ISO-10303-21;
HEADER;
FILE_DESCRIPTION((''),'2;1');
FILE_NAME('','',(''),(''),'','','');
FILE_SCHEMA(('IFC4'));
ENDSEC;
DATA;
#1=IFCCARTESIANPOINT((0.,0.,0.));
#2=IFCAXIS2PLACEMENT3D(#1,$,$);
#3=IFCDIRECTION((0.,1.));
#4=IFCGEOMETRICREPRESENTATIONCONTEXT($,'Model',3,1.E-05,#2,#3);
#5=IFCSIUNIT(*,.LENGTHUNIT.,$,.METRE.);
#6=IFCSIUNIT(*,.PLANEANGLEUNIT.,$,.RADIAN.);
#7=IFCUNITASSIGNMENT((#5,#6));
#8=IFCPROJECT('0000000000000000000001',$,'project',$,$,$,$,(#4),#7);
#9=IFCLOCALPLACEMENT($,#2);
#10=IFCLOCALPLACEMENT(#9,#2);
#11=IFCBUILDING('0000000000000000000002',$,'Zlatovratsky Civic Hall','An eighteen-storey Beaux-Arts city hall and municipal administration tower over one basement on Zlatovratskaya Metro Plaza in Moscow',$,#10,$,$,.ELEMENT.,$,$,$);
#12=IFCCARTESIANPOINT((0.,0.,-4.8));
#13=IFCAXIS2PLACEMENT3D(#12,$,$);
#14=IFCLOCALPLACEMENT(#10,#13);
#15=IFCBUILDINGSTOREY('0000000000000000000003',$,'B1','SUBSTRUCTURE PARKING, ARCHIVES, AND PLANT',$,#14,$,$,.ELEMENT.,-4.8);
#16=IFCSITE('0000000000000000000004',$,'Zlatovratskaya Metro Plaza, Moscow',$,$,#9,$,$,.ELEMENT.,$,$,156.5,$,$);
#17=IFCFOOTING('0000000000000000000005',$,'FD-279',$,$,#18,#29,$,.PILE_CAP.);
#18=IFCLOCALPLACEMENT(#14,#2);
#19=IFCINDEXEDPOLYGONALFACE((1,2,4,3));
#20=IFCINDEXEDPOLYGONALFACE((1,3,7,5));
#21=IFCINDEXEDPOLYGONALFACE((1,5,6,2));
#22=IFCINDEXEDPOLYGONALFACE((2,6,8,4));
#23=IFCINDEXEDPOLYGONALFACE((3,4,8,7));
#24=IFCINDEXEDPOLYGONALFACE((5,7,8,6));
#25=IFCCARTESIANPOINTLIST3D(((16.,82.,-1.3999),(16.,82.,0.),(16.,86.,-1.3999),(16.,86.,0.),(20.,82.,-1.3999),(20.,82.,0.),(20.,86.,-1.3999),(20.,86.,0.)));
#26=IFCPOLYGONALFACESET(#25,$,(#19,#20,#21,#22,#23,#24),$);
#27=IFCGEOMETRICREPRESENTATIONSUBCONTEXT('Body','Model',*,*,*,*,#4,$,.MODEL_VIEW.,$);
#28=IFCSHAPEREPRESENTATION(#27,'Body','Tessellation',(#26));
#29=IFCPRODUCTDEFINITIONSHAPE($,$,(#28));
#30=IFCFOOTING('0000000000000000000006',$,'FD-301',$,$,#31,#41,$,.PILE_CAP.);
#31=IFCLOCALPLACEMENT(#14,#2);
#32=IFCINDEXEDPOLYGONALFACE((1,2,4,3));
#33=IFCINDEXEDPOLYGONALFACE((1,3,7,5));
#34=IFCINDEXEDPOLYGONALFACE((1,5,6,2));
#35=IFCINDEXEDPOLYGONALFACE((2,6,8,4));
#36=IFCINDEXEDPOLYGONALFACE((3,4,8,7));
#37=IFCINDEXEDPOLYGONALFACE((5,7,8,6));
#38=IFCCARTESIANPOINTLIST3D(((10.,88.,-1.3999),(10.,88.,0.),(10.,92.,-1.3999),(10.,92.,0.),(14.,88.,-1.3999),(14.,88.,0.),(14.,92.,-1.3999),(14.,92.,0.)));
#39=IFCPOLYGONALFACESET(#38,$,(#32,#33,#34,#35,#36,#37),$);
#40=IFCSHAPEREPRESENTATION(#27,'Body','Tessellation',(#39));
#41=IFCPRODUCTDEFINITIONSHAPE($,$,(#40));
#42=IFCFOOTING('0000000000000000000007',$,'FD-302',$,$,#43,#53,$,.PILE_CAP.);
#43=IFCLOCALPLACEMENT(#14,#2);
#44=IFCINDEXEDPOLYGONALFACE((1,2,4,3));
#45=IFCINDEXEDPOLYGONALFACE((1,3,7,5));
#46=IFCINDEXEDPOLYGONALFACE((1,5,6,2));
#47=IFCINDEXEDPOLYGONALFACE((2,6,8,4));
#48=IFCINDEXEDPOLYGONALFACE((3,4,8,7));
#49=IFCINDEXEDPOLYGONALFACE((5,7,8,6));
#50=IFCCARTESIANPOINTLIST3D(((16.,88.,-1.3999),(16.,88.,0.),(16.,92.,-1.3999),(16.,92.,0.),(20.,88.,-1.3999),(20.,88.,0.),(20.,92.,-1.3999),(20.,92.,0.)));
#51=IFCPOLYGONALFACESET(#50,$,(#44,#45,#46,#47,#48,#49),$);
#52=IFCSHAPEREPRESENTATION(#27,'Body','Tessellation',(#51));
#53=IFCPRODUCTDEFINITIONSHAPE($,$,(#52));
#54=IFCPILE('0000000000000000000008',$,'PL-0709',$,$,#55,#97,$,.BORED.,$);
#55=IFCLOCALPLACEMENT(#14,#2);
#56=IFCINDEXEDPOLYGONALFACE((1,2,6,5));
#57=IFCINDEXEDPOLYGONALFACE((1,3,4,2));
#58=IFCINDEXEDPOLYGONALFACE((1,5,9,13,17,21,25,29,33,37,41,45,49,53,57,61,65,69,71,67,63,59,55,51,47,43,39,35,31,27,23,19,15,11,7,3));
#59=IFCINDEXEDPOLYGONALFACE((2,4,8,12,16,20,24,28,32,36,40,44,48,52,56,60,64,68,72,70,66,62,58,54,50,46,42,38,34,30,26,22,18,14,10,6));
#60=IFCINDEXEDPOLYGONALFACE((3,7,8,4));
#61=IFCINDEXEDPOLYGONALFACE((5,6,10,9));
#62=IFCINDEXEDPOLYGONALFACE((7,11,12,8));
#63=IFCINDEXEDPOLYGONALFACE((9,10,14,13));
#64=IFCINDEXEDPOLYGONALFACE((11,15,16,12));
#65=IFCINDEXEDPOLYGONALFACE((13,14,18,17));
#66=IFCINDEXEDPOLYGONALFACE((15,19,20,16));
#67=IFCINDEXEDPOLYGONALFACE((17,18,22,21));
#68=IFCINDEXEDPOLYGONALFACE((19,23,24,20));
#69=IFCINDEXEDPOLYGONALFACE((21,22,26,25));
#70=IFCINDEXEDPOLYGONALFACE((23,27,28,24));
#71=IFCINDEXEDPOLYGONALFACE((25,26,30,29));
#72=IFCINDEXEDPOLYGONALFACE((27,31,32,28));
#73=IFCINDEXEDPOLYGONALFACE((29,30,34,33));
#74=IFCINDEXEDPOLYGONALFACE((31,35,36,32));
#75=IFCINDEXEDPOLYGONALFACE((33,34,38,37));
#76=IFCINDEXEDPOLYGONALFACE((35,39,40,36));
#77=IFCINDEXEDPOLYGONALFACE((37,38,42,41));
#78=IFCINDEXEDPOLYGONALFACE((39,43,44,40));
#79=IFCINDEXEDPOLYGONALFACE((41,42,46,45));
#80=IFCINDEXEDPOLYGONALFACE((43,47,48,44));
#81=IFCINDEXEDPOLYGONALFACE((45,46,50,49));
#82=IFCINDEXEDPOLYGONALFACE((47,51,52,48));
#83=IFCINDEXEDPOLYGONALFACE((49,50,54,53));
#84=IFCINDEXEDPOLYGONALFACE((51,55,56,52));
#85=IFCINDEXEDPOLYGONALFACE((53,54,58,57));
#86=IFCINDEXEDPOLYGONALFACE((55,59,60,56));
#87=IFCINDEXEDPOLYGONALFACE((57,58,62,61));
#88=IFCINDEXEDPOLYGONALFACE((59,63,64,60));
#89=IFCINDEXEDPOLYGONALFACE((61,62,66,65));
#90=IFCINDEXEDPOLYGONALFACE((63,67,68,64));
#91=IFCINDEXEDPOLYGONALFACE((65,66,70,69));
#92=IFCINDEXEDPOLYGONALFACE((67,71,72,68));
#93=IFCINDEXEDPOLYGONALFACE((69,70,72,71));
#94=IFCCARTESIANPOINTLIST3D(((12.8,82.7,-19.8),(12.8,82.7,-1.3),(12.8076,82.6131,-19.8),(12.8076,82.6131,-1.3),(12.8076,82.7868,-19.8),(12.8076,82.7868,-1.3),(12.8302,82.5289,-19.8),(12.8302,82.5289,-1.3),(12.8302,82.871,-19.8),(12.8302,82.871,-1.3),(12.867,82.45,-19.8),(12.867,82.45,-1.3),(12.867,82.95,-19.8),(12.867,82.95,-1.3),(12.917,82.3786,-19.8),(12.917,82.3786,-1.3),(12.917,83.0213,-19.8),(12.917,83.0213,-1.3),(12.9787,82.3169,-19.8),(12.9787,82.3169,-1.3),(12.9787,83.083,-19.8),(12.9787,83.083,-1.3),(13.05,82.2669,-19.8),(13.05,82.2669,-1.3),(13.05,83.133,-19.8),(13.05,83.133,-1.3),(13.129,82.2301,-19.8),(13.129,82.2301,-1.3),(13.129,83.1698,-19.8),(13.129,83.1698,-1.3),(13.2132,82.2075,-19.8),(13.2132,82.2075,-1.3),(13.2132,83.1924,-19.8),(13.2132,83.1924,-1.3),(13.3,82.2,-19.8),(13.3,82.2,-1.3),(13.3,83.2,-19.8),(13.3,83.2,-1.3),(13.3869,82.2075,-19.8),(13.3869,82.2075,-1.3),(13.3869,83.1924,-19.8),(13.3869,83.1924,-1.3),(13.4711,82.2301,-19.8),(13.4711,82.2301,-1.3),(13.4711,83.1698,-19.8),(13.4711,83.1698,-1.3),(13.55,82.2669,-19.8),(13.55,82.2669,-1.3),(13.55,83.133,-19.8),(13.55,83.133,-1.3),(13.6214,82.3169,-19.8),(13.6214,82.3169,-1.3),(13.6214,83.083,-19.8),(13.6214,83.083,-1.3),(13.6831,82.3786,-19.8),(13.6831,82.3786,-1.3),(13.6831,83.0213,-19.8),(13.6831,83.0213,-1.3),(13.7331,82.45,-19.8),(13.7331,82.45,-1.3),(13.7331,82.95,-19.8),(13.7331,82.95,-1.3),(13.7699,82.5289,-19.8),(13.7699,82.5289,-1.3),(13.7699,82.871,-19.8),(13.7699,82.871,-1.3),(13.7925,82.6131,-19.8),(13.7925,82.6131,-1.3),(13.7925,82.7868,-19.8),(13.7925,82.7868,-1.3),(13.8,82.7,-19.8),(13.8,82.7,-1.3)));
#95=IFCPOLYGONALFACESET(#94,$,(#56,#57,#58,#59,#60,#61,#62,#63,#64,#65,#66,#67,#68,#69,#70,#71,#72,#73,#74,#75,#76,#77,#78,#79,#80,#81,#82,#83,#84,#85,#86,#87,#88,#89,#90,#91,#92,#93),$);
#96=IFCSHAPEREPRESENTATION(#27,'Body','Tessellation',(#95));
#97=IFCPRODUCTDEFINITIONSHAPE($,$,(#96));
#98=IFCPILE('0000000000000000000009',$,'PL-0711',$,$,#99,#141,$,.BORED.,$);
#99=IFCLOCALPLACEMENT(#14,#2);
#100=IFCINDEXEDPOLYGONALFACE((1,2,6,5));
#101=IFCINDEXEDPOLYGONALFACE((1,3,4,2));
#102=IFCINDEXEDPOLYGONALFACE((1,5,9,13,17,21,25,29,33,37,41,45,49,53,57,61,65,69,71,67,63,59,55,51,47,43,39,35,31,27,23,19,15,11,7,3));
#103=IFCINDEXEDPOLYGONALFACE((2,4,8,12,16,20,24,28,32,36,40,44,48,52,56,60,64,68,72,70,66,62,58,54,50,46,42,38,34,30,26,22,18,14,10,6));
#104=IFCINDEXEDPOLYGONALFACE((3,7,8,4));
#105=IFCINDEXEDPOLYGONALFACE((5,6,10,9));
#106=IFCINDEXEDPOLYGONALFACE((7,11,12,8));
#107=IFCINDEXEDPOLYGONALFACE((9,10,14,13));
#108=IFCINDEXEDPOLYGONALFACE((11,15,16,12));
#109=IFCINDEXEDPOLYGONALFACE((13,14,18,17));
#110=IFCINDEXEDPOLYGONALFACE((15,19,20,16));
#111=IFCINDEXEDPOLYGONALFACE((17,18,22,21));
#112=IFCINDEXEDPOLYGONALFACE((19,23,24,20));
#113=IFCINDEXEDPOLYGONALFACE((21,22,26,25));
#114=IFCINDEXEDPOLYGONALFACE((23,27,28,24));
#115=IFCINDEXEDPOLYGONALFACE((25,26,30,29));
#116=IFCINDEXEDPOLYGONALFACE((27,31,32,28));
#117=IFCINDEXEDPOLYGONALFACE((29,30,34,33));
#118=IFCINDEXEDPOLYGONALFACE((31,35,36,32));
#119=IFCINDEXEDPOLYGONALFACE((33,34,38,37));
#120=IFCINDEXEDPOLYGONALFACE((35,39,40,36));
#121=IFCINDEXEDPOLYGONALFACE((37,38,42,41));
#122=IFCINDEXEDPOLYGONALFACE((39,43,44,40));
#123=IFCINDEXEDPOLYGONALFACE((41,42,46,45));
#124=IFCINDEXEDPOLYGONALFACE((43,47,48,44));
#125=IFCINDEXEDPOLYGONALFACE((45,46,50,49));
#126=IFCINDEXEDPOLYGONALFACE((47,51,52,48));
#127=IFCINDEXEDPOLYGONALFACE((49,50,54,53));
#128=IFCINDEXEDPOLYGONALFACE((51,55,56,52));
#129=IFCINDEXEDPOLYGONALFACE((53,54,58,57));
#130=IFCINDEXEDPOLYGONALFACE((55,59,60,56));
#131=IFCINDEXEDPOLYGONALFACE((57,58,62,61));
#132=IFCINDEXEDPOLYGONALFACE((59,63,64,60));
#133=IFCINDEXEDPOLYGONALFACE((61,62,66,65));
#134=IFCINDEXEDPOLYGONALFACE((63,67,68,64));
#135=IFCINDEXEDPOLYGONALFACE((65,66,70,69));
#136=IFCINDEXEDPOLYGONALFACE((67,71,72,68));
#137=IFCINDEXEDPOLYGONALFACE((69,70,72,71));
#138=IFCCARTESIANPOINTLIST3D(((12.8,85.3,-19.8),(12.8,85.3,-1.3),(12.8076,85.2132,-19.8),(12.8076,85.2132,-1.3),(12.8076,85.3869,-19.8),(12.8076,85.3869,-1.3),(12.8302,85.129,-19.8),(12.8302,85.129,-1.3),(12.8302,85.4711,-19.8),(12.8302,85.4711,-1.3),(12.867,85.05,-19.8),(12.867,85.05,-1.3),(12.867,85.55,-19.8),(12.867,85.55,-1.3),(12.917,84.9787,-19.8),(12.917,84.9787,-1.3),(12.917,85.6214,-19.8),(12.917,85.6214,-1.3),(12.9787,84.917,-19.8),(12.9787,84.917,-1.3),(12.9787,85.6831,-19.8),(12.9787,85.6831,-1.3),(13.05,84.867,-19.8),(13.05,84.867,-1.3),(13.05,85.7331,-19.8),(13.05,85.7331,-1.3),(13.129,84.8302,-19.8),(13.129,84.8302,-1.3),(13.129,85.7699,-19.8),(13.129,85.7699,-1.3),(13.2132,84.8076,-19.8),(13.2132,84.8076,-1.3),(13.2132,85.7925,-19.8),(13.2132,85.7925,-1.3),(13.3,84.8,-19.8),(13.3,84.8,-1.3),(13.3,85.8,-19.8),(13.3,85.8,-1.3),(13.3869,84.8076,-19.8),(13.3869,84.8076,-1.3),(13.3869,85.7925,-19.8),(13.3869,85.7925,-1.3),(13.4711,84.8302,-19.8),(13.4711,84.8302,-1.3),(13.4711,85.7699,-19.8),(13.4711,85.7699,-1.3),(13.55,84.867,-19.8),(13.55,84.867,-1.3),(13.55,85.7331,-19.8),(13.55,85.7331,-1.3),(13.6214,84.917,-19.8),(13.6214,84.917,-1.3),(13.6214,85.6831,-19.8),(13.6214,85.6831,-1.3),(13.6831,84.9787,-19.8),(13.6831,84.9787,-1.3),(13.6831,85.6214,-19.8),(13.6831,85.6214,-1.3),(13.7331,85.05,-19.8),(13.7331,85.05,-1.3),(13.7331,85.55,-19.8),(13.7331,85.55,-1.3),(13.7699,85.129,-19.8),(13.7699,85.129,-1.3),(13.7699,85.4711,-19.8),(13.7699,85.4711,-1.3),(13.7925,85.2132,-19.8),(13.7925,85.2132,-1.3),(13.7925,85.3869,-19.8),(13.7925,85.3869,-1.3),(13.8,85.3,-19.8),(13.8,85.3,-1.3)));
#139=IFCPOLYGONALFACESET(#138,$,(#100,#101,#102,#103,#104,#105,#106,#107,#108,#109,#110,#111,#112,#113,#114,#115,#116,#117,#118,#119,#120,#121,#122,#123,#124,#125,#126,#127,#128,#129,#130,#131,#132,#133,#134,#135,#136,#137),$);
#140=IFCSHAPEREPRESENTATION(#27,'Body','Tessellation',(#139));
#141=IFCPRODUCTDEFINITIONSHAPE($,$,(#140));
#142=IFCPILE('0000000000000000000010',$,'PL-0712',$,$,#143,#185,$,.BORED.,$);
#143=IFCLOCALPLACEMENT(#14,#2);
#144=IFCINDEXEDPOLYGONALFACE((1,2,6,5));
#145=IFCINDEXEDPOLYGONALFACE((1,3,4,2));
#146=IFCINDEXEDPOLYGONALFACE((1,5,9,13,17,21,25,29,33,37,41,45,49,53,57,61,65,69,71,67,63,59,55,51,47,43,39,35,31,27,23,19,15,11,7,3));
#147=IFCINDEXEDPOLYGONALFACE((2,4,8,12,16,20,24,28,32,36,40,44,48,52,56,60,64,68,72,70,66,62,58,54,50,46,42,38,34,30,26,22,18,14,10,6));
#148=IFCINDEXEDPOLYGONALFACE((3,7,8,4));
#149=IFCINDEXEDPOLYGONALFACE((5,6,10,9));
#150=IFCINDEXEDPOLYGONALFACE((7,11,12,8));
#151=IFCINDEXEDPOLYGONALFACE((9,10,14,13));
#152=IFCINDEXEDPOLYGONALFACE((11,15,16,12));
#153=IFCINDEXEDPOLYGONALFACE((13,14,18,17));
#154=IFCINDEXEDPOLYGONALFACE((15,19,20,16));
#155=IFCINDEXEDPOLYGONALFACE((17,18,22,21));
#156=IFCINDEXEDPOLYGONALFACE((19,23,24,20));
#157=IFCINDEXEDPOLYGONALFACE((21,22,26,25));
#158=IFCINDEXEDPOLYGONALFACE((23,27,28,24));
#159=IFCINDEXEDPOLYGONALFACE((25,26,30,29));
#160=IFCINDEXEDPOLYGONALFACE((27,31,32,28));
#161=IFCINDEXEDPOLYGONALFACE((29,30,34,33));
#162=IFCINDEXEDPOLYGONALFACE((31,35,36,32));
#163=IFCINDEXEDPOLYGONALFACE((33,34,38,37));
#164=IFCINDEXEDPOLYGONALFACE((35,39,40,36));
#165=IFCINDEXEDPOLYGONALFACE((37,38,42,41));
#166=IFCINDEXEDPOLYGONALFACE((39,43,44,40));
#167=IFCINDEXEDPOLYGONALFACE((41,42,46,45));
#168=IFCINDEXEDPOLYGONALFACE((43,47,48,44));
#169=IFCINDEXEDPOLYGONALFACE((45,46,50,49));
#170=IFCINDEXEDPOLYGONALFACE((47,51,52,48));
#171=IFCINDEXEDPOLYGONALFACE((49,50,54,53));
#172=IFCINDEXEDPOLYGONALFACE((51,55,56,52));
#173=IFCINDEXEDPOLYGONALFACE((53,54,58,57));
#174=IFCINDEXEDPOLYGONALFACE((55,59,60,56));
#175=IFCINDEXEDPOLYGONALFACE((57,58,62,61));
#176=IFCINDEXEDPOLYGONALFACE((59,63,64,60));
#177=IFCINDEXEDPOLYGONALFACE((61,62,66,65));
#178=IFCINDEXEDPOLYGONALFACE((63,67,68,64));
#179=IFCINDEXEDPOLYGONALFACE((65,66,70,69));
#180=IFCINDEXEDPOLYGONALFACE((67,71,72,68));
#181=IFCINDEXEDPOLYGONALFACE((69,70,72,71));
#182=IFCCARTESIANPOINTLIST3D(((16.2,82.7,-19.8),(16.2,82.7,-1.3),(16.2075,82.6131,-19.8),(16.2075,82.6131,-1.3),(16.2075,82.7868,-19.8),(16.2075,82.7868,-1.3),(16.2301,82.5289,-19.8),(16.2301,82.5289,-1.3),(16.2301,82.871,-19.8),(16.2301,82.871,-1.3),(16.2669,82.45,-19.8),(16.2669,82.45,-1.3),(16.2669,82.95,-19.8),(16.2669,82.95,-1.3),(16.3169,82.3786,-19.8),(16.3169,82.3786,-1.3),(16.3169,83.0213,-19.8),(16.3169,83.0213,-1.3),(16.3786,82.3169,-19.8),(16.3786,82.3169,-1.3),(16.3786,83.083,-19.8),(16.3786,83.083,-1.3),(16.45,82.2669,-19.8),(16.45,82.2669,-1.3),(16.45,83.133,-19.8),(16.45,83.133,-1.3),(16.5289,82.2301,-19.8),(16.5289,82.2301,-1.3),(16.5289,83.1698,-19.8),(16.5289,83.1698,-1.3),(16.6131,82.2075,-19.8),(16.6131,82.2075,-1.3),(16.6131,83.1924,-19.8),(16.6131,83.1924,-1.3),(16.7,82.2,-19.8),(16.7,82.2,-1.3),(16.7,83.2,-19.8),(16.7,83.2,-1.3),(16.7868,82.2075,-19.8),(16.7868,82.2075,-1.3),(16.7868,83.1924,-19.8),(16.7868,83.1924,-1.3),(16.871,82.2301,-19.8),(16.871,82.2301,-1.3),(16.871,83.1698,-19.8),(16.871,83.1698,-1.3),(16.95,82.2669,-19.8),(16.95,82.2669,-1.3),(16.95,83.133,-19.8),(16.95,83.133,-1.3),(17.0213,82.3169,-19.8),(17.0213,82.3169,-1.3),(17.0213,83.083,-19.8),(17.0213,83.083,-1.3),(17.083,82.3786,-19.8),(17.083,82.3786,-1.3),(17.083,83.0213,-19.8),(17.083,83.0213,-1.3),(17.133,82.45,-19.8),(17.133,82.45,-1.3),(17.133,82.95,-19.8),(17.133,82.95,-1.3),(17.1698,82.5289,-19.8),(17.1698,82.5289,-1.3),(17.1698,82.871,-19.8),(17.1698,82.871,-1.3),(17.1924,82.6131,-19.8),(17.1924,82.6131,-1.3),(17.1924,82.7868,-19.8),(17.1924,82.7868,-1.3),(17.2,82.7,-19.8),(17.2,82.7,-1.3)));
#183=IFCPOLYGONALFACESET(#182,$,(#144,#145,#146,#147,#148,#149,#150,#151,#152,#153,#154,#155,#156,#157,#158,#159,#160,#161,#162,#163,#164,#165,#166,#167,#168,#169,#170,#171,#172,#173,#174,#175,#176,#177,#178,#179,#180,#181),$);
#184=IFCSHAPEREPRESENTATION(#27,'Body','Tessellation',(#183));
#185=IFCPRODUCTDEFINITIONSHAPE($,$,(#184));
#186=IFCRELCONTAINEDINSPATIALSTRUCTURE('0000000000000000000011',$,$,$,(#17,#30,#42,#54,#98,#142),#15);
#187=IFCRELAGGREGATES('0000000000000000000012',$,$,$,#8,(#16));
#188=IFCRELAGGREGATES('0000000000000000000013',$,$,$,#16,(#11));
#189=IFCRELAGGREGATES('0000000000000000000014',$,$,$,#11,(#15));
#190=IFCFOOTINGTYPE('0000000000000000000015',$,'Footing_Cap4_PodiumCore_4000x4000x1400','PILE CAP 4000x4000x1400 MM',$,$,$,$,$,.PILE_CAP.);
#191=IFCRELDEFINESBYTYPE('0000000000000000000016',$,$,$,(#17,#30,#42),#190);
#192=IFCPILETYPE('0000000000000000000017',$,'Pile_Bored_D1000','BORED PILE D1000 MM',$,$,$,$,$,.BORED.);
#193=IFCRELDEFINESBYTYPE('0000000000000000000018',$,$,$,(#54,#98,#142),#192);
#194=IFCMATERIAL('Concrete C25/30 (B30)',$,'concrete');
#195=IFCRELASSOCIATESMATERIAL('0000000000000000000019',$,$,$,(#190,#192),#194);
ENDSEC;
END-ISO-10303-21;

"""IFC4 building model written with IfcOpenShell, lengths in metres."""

from ifc_helpers import new_model, si_unit, direction, frame, origin, origin_2d, place, context, subcontext, project, spatial, rectangle, circle, extrude, material, material_profile, profile_set, type_object, element, save


model = new_model("IFC4")

# Units and contexts
model_context = context("Model", 3, precision=1e-05, world=origin(), true_north=direction((0.0, 1.0)))
body_context = subcontext(model_context, "Body", "Model", "MODEL_VIEW")
ifc_project = project(units=[si_unit("LENGTHUNIT", "METRE"), si_unit("PLANEANGLEUNIT", "RADIAN")], contexts=[model_context])

# Site, building, storey
site_placement = place(None, origin())
site = spatial("IfcSite", under=ifc_project, at=site_placement, Name="Zlatovratskaya Metro Plaza, Moscow", CompositionType="ELEMENT", RefElevation=156.5)
building_placement = place(site_placement, origin())
building = spatial("IfcBuilding", under=site, at=building_placement, Name="Zlatovratsky Civic Hall", Description="An eighteen-storey Beaux-Arts city hall and municipal administration tower over one basement on Zlatovratskaya Metro Plaza in Moscow", CompositionType="ELEMENT")
storey_placement = place(building_placement, frame((0.0, 0.0, -4.8)))
storey = spatial("IfcBuildingStorey", under=building, at=storey_placement, Name="B1", Description="SUBSTRUCTURE PARKING, ARCHIVES, AND PLANT", CompositionType="ELEMENT", Elevation=-4.8)

# Footings
ifc_material_1 = material(Name="Concrete C25/30 (B30)", Category="concrete")
footing_type = type_object("IfcFootingType", Name="Footing_Cap4_PodiumCore_4000x4000x1400", Description="PILE CAP 4000x4000x1400 MM", PredefinedType="PILE_CAP", material=ifc_material_1)
for number, where, z_axis, x_axis, name in (
    (1, (18.0, 84.0, -1.3999), (0.0, 0.0, 1.0), (1.0, 0.0, 0.0), "FD-279"),
    (2, (12.0, 90.0, -1.3999), (0.0, 0.0, 1.0), (1.0, 0.0, 0.0), "FD-301"),
    (3, (18.0, 90.0, -1.3999), (0.0, 0.0, 1.0), (1.0, 0.0, 0.0), "FD-302"),
):
    element("IfcFooting", number, at=place(storey_placement, frame(where, z_axis=z_axis, x_axis=x_axis)), inside=storey, type_object=footing_type, Name=name, PredefinedType="PILE_CAP", context=body_context, shape_type="SweptSolid", body=[
        extrude(rectangle(XDim=4.0, YDim=4.0, at=origin_2d()), origin(), (0.0, 0.0, 1.0), 1.3999),
    ])

# Piles
ifc_material_profile_1 = material_profile(ifc_material_1, circle(Radius=0.5, at=origin_2d()), Name="PILE D1000")
ifc_profile_set_1 = profile_set([ifc_material_profile_1], Name="Concrete C25/30 (B30)")
pile_type = type_object("IfcPileType", Name="Pile_Bored_D1000", Description="BORED PILE D1000 MM", PredefinedType="BORED", material=ifc_profile_set_1)
for number, where, z_axis, x_axis, name in (
    (4, (13.3, 82.7, -1.3), (0.0, 0.0, -1.0), (1.0, 0.0, 0.0), "PL-0709"),
    (5, (13.3, 85.3, -1.3), (0.0, 0.0, -1.0), (1.0, 0.0, 0.0), "PL-0711"),
    (6, (16.7, 82.7, -1.3), (0.0, 0.0, -1.0), (1.0, 0.0, 0.0), "PL-0712"),
):
    element("IfcPile", number, at=place(storey_placement, frame(where, z_axis=z_axis, x_axis=x_axis)), inside=storey, type_object=pile_type, Name=name, PredefinedType="BORED", context=body_context, shape_type="SweptSolid", body=[
        extrude(circle(Radius=0.5, at=origin_2d()), origin(), (0.0, 0.0, 1.0), 18.5),
    ])

save(model, "model.ifc")
